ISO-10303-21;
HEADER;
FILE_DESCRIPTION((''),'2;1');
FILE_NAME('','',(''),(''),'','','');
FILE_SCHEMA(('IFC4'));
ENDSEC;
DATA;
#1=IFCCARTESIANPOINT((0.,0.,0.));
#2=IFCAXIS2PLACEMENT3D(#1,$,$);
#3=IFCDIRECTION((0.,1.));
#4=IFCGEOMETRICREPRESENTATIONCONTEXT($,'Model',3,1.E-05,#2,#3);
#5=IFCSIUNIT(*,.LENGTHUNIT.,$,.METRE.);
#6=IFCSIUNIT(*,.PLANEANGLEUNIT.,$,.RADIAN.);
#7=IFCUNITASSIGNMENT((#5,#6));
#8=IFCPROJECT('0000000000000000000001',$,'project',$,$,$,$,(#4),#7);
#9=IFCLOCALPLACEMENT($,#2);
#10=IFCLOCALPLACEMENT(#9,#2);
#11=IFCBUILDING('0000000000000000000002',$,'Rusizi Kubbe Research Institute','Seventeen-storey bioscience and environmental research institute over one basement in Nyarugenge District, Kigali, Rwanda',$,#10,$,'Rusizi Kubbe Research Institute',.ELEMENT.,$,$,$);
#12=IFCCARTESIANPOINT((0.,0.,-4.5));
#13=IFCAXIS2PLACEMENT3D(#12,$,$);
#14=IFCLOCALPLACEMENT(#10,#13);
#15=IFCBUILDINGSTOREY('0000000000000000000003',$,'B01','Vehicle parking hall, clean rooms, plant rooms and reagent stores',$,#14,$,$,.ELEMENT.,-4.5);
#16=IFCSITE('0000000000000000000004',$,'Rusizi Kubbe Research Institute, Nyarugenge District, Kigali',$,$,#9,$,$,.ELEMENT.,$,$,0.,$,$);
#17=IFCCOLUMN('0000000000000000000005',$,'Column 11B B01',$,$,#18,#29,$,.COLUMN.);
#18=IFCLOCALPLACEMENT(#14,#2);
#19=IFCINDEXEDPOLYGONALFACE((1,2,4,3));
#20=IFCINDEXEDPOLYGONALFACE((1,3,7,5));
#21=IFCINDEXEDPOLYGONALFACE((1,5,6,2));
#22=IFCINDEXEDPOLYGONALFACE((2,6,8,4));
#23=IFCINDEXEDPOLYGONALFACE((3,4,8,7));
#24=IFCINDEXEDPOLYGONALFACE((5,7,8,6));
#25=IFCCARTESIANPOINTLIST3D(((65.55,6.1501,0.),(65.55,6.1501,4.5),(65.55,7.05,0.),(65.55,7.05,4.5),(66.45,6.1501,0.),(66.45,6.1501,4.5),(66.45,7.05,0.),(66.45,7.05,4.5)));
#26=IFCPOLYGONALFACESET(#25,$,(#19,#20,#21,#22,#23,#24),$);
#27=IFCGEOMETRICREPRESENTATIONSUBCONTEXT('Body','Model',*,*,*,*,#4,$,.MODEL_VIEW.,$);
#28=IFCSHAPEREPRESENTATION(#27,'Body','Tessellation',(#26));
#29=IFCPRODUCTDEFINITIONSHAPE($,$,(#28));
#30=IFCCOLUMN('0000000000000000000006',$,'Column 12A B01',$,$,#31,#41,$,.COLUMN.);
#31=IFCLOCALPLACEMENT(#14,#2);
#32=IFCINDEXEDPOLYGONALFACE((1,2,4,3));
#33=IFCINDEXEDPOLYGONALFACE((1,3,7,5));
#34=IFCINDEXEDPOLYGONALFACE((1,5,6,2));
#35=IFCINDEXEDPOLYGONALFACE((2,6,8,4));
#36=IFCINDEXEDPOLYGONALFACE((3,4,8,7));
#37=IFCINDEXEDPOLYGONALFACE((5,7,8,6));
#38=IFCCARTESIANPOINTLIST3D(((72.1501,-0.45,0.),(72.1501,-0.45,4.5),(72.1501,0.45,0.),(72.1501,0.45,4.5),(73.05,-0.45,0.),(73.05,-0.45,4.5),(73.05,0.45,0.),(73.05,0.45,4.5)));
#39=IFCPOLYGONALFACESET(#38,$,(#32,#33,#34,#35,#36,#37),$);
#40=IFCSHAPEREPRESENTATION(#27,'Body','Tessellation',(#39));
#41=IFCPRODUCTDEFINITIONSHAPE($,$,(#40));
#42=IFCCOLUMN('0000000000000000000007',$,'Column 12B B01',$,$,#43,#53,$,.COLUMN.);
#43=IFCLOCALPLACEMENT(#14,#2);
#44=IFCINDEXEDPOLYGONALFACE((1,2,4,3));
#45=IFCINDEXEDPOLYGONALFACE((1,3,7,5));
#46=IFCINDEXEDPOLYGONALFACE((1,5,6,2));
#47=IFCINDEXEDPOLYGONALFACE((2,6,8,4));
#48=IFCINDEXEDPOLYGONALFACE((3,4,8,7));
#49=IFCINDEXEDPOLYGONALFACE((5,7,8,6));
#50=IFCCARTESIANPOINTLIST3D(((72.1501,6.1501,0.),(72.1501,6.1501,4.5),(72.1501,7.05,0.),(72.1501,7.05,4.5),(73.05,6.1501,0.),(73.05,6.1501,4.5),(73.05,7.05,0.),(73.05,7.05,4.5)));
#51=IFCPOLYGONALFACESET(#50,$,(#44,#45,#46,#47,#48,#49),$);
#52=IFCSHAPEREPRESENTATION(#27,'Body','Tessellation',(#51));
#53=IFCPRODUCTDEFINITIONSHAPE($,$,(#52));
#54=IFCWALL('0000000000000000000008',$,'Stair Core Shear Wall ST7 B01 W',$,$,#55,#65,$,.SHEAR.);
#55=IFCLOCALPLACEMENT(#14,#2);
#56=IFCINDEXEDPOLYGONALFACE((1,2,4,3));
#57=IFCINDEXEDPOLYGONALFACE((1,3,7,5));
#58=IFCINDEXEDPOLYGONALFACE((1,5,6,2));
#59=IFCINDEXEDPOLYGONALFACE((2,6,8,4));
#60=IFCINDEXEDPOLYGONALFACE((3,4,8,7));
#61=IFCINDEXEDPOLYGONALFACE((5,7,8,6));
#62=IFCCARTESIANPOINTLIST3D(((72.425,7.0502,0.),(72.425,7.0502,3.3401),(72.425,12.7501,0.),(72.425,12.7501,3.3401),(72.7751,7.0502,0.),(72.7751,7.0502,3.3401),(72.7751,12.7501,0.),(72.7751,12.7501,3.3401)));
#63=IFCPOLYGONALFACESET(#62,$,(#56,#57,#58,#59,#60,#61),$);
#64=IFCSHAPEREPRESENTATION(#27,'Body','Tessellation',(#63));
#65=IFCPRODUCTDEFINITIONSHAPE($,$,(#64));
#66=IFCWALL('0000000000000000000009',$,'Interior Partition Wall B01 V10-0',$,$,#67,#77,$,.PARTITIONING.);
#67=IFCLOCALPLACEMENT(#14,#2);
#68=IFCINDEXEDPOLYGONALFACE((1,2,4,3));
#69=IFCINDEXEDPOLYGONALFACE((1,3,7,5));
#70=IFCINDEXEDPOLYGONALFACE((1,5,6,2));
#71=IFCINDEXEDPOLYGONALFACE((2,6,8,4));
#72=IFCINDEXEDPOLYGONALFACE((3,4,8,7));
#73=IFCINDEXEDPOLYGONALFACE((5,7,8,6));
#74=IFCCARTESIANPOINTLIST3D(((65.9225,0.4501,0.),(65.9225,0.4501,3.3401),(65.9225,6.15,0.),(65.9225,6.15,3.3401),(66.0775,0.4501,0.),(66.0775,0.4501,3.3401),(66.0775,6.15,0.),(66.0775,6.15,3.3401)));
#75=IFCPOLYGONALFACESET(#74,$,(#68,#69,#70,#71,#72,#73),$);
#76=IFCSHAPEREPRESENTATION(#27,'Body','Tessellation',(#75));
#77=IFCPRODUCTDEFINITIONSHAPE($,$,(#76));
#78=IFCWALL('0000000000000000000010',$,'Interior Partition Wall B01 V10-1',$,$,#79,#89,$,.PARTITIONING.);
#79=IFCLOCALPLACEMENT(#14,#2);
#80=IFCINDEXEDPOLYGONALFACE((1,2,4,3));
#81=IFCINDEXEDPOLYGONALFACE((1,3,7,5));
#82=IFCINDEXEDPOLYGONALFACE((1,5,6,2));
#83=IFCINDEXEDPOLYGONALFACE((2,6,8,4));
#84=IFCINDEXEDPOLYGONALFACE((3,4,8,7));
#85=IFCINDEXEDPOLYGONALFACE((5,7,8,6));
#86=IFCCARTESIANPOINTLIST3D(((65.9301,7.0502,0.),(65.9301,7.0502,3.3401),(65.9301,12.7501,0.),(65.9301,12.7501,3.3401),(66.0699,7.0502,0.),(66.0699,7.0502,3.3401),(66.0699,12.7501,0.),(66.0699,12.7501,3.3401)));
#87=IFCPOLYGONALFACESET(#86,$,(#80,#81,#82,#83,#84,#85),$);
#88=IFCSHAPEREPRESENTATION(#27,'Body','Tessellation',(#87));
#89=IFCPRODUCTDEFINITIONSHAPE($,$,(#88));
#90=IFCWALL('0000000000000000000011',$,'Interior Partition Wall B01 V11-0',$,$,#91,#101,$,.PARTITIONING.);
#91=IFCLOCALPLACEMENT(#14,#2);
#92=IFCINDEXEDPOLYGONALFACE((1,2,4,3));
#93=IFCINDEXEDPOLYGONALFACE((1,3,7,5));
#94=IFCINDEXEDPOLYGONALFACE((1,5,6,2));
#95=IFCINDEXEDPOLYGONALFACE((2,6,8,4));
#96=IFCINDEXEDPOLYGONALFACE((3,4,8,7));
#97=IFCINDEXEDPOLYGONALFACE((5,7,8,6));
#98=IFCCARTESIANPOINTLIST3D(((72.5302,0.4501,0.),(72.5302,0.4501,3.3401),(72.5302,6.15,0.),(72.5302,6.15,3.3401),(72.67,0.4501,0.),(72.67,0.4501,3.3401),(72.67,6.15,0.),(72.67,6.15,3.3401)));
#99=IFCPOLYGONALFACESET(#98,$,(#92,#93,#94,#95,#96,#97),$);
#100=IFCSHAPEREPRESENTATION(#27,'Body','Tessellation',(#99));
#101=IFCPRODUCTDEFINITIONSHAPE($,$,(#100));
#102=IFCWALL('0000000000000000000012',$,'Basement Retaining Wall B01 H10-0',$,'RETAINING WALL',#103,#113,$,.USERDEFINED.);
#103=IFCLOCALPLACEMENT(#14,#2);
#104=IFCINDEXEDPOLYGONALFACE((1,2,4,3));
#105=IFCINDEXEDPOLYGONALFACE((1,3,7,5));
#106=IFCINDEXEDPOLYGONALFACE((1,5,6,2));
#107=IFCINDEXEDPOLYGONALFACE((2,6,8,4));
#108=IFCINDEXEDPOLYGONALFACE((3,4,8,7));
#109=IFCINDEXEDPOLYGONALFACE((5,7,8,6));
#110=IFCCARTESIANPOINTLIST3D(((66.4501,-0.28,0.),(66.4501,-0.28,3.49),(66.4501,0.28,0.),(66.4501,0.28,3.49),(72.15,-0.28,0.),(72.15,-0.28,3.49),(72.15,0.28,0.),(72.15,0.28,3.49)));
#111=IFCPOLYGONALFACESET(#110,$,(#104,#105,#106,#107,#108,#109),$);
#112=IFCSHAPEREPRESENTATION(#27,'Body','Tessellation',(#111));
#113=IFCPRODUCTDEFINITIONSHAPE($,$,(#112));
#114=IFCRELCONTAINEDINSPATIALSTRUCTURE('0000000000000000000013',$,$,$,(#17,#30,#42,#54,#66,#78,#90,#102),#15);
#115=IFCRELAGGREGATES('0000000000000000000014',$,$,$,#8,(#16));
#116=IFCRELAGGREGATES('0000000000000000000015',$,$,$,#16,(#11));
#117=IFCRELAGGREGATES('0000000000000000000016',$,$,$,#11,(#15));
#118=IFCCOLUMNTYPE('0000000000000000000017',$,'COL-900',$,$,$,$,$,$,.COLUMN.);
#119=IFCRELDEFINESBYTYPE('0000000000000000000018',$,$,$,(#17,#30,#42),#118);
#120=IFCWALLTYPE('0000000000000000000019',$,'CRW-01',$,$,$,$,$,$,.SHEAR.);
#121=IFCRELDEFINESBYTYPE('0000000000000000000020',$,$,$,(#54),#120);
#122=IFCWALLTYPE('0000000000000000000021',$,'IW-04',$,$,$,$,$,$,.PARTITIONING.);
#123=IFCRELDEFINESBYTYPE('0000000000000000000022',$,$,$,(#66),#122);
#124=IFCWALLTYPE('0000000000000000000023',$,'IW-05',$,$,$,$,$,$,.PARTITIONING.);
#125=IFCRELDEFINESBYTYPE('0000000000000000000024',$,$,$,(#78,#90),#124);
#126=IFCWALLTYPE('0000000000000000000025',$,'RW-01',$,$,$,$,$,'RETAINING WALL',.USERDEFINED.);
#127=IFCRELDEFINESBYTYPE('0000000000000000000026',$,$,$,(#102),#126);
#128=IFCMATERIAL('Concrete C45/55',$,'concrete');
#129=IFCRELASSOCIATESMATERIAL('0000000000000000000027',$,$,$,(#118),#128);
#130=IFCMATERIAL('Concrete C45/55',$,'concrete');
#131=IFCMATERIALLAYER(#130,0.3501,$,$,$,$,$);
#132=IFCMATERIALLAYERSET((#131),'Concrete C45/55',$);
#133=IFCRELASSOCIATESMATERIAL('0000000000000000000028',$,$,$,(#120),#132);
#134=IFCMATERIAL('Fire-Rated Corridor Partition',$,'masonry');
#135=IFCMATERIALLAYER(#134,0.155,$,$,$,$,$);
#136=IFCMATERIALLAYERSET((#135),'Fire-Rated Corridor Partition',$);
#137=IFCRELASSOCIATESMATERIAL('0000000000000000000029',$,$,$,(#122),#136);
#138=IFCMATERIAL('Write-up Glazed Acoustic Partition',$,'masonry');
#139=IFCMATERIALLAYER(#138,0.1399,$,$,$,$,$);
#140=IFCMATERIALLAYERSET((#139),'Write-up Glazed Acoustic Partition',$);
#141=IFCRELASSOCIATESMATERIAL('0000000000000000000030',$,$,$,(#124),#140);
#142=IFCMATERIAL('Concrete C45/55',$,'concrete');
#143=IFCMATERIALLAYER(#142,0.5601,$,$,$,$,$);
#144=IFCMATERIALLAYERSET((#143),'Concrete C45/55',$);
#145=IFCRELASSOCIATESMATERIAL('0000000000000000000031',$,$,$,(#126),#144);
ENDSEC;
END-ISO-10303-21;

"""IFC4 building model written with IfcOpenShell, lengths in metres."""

from ifc_helpers import new_model, si_unit, direction, frame, frame_2d, origin, origin_2d, place, context, subcontext, project, spatial, rectangle, extrude, material, layer, layer_set, material_profile, profile_set, type_object, element, save


model = new_model("IFC4")

# Units and contexts
model_context = context("Model", 3, precision=1e-05, world=origin(), true_north=direction((0.0, 1.0)))
body_context = subcontext(model_context, "Body", "Model", "MODEL_VIEW")
ifc_project = project(units=[si_unit("LENGTHUNIT", "METRE"), si_unit("PLANEANGLEUNIT", "RADIAN")], contexts=[model_context])

# Site, building, storey
site_placement = place(None, origin())
site = spatial("IfcSite", under=ifc_project, at=site_placement, Name="Rusizi Kubbe Research Institute, Nyarugenge District, Kigali", CompositionType="ELEMENT", RefElevation=0.0)
building_placement = place(site_placement, origin())
building = spatial("IfcBuilding", under=site, at=building_placement, Name="Rusizi Kubbe Research Institute", Description="Seventeen-storey bioscience and environmental research institute over one basement in Nyarugenge District, Kigali, Rwanda", LongName="Rusizi Kubbe Research Institute", CompositionType="ELEMENT")
storey_placement = place(building_placement, frame((0.0, 0.0, -4.5)))
storey = spatial("IfcBuildingStorey", under=building, at=storey_placement, Name="B01", Description="Vehicle parking hall, clean rooms, plant rooms and reagent stores", CompositionType="ELEMENT", Elevation=-4.5)

# Columns
ifc_material_1 = material(Name="Concrete C45/55", Category="concrete")
ifc_material_profile_1 = material_profile(ifc_material_1, rectangle(XDim=0.8999, YDim=0.8999, at=origin_2d()), Name="RC900x900")
ifc_profile_set_1 = profile_set([ifc_material_profile_1], Name="Concrete C45/55")
column_type = type_object("IfcColumnType", Name="COL-900", PredefinedType="COLUMN", material=ifc_profile_set_1)
for number, where, z_axis, x_axis, name in (
    (1, (66.0, 6.6001, 0.0), (0.0, 0.0, 1.0), (1.0, 0.0, 0.0), "Column 11B B01"),
    (2, (72.6001, 0.0, 0.0), (0.0, 0.0, 1.0), (1.0, 0.0, 0.0), "Column 12A B01"),
    (3, (72.6001, 6.6001, 0.0), (0.0, 0.0, 1.0), (1.0, 0.0, 0.0), "Column 12B B01"),
):
    element("IfcColumn", number, at=place(storey_placement, frame(where, z_axis=z_axis, x_axis=x_axis)), inside=storey, type_object=column_type, Name=name, PredefinedType="COLUMN", context=body_context, shape_type="SweptSolid", body=[
        extrude(rectangle(XDim=0.8999, YDim=0.8999, at=origin_2d()), origin(), (0.0, 0.0, 1.0), 4.5),
    ])

# Walls
ifc_material_2 = material(Name="Concrete C45/55", Category="concrete")
ifc_layer_1 = layer(ifc_material_2, 0.3501)
ifc_layer_set_1 = layer_set([ifc_layer_1], Name="Concrete C45/55")
wall_type_1 = type_object("IfcWallType", Name="CRW-01", PredefinedType="SHEAR", material=ifc_layer_set_1)
wall_1_placement = place(storey_placement, frame((72.6001, 7.05, 0.0), z_axis=(0.0, 0.0, 1.0), x_axis=(0.0, 1.0, 0.0)))
element("IfcWall", 4, at=wall_1_placement, inside=storey, type_object=wall_type_1, Name="Stair Core Shear Wall ST7 B01 W", PredefinedType="SHEAR", context=body_context, shape_type="SweptSolid", body=[
    extrude(rectangle(XDim=5.7, YDim=0.3501, at=frame_2d((2.8501, 0.0))), origin(), (0.0, 0.0, 1.0), 3.3401),
])
ifc_material_3 = material(Name="Fire-Rated Corridor Partition", Category="masonry")
ifc_layer_2 = layer(ifc_material_3, 0.155)
ifc_layer_set_2 = layer_set([ifc_layer_2], Name="Fire-Rated Corridor Partition")
wall_type_2 = type_object("IfcWallType", Name="IW-04", PredefinedType="PARTITIONING", material=ifc_layer_set_2)
wall_2_placement = place(storey_placement, frame((66.0, 0.45, 0.0), z_axis=(0.0, 0.0, 1.0), x_axis=(0.0, 1.0, 0.0)))
element("IfcWall", 5, at=wall_2_placement, inside=storey, type_object=wall_type_2, Name="Interior Partition Wall B01 V10-0", PredefinedType="PARTITIONING", context=body_context, shape_type="SweptSolid", body=[
    extrude(rectangle(XDim=5.7, YDim=0.155, at=frame_2d((2.8501, 0.0))), origin(), (0.0, 0.0, 1.0), 3.3401),
])
ifc_material_4 = material(Name="Write-up Glazed Acoustic Partition", Category="masonry")
ifc_layer_3 = layer(ifc_material_4, 0.1399)
ifc_layer_set_3 = layer_set([ifc_layer_3], Name="Write-up Glazed Acoustic Partition")
wall_type_3 = type_object("IfcWallType", Name="IW-05", PredefinedType="PARTITIONING", material=ifc_layer_set_3)
for number, where, z_axis, x_axis, name in (
    (6, (66.0, 7.05, 0.0), (0.0, 0.0, 1.0), (0.0, 1.0, 0.0), "Interior Partition Wall B01 V10-1"),
    (7, (72.6001, 0.45, 0.0), (0.0, 0.0, 1.0), (0.0, 1.0, 0.0), "Interior Partition Wall B01 V11-0"),
):
    element("IfcWall", number, at=place(storey_placement, frame(where, z_axis=z_axis, x_axis=x_axis)), inside=storey, type_object=wall_type_3, Name=name, PredefinedType="PARTITIONING", context=body_context, shape_type="SweptSolid", body=[
        extrude(rectangle(XDim=5.7, YDim=0.1399, at=frame_2d((2.8501, 0.0))), origin(), (0.0, 0.0, 1.0), 3.3401),
    ])
ifc_material_5 = material(Name="Concrete C45/55", Category="concrete")
ifc_layer_4 = layer(ifc_material_5, 0.5601)
ifc_layer_set_4 = layer_set([ifc_layer_4], Name="Concrete C45/55")
wall_type_4 = type_object("IfcWallType", Name="RW-01", ElementType="RETAINING WALL", PredefinedType="USERDEFINED", material=ifc_layer_set_4)
wall_3_placement = place(storey_placement, frame((66.45, 0.0, 0.0), z_axis=(0.0, 0.0, 1.0), x_axis=(1.0, 0.0, 0.0)))
element("IfcWall", 8, at=wall_3_placement, inside=storey, type_object=wall_type_4, Name="Basement Retaining Wall B01 H10-0", ObjectType="RETAINING WALL", PredefinedType="USERDEFINED", context=body_context, shape_type="SweptSolid", body=[
    extrude(rectangle(XDim=5.7, YDim=0.5601, at=frame_2d((2.8501, 0.0))), origin(), (0.0, 0.0, 1.0), 3.49),
])

save(model, "model.ifc")
